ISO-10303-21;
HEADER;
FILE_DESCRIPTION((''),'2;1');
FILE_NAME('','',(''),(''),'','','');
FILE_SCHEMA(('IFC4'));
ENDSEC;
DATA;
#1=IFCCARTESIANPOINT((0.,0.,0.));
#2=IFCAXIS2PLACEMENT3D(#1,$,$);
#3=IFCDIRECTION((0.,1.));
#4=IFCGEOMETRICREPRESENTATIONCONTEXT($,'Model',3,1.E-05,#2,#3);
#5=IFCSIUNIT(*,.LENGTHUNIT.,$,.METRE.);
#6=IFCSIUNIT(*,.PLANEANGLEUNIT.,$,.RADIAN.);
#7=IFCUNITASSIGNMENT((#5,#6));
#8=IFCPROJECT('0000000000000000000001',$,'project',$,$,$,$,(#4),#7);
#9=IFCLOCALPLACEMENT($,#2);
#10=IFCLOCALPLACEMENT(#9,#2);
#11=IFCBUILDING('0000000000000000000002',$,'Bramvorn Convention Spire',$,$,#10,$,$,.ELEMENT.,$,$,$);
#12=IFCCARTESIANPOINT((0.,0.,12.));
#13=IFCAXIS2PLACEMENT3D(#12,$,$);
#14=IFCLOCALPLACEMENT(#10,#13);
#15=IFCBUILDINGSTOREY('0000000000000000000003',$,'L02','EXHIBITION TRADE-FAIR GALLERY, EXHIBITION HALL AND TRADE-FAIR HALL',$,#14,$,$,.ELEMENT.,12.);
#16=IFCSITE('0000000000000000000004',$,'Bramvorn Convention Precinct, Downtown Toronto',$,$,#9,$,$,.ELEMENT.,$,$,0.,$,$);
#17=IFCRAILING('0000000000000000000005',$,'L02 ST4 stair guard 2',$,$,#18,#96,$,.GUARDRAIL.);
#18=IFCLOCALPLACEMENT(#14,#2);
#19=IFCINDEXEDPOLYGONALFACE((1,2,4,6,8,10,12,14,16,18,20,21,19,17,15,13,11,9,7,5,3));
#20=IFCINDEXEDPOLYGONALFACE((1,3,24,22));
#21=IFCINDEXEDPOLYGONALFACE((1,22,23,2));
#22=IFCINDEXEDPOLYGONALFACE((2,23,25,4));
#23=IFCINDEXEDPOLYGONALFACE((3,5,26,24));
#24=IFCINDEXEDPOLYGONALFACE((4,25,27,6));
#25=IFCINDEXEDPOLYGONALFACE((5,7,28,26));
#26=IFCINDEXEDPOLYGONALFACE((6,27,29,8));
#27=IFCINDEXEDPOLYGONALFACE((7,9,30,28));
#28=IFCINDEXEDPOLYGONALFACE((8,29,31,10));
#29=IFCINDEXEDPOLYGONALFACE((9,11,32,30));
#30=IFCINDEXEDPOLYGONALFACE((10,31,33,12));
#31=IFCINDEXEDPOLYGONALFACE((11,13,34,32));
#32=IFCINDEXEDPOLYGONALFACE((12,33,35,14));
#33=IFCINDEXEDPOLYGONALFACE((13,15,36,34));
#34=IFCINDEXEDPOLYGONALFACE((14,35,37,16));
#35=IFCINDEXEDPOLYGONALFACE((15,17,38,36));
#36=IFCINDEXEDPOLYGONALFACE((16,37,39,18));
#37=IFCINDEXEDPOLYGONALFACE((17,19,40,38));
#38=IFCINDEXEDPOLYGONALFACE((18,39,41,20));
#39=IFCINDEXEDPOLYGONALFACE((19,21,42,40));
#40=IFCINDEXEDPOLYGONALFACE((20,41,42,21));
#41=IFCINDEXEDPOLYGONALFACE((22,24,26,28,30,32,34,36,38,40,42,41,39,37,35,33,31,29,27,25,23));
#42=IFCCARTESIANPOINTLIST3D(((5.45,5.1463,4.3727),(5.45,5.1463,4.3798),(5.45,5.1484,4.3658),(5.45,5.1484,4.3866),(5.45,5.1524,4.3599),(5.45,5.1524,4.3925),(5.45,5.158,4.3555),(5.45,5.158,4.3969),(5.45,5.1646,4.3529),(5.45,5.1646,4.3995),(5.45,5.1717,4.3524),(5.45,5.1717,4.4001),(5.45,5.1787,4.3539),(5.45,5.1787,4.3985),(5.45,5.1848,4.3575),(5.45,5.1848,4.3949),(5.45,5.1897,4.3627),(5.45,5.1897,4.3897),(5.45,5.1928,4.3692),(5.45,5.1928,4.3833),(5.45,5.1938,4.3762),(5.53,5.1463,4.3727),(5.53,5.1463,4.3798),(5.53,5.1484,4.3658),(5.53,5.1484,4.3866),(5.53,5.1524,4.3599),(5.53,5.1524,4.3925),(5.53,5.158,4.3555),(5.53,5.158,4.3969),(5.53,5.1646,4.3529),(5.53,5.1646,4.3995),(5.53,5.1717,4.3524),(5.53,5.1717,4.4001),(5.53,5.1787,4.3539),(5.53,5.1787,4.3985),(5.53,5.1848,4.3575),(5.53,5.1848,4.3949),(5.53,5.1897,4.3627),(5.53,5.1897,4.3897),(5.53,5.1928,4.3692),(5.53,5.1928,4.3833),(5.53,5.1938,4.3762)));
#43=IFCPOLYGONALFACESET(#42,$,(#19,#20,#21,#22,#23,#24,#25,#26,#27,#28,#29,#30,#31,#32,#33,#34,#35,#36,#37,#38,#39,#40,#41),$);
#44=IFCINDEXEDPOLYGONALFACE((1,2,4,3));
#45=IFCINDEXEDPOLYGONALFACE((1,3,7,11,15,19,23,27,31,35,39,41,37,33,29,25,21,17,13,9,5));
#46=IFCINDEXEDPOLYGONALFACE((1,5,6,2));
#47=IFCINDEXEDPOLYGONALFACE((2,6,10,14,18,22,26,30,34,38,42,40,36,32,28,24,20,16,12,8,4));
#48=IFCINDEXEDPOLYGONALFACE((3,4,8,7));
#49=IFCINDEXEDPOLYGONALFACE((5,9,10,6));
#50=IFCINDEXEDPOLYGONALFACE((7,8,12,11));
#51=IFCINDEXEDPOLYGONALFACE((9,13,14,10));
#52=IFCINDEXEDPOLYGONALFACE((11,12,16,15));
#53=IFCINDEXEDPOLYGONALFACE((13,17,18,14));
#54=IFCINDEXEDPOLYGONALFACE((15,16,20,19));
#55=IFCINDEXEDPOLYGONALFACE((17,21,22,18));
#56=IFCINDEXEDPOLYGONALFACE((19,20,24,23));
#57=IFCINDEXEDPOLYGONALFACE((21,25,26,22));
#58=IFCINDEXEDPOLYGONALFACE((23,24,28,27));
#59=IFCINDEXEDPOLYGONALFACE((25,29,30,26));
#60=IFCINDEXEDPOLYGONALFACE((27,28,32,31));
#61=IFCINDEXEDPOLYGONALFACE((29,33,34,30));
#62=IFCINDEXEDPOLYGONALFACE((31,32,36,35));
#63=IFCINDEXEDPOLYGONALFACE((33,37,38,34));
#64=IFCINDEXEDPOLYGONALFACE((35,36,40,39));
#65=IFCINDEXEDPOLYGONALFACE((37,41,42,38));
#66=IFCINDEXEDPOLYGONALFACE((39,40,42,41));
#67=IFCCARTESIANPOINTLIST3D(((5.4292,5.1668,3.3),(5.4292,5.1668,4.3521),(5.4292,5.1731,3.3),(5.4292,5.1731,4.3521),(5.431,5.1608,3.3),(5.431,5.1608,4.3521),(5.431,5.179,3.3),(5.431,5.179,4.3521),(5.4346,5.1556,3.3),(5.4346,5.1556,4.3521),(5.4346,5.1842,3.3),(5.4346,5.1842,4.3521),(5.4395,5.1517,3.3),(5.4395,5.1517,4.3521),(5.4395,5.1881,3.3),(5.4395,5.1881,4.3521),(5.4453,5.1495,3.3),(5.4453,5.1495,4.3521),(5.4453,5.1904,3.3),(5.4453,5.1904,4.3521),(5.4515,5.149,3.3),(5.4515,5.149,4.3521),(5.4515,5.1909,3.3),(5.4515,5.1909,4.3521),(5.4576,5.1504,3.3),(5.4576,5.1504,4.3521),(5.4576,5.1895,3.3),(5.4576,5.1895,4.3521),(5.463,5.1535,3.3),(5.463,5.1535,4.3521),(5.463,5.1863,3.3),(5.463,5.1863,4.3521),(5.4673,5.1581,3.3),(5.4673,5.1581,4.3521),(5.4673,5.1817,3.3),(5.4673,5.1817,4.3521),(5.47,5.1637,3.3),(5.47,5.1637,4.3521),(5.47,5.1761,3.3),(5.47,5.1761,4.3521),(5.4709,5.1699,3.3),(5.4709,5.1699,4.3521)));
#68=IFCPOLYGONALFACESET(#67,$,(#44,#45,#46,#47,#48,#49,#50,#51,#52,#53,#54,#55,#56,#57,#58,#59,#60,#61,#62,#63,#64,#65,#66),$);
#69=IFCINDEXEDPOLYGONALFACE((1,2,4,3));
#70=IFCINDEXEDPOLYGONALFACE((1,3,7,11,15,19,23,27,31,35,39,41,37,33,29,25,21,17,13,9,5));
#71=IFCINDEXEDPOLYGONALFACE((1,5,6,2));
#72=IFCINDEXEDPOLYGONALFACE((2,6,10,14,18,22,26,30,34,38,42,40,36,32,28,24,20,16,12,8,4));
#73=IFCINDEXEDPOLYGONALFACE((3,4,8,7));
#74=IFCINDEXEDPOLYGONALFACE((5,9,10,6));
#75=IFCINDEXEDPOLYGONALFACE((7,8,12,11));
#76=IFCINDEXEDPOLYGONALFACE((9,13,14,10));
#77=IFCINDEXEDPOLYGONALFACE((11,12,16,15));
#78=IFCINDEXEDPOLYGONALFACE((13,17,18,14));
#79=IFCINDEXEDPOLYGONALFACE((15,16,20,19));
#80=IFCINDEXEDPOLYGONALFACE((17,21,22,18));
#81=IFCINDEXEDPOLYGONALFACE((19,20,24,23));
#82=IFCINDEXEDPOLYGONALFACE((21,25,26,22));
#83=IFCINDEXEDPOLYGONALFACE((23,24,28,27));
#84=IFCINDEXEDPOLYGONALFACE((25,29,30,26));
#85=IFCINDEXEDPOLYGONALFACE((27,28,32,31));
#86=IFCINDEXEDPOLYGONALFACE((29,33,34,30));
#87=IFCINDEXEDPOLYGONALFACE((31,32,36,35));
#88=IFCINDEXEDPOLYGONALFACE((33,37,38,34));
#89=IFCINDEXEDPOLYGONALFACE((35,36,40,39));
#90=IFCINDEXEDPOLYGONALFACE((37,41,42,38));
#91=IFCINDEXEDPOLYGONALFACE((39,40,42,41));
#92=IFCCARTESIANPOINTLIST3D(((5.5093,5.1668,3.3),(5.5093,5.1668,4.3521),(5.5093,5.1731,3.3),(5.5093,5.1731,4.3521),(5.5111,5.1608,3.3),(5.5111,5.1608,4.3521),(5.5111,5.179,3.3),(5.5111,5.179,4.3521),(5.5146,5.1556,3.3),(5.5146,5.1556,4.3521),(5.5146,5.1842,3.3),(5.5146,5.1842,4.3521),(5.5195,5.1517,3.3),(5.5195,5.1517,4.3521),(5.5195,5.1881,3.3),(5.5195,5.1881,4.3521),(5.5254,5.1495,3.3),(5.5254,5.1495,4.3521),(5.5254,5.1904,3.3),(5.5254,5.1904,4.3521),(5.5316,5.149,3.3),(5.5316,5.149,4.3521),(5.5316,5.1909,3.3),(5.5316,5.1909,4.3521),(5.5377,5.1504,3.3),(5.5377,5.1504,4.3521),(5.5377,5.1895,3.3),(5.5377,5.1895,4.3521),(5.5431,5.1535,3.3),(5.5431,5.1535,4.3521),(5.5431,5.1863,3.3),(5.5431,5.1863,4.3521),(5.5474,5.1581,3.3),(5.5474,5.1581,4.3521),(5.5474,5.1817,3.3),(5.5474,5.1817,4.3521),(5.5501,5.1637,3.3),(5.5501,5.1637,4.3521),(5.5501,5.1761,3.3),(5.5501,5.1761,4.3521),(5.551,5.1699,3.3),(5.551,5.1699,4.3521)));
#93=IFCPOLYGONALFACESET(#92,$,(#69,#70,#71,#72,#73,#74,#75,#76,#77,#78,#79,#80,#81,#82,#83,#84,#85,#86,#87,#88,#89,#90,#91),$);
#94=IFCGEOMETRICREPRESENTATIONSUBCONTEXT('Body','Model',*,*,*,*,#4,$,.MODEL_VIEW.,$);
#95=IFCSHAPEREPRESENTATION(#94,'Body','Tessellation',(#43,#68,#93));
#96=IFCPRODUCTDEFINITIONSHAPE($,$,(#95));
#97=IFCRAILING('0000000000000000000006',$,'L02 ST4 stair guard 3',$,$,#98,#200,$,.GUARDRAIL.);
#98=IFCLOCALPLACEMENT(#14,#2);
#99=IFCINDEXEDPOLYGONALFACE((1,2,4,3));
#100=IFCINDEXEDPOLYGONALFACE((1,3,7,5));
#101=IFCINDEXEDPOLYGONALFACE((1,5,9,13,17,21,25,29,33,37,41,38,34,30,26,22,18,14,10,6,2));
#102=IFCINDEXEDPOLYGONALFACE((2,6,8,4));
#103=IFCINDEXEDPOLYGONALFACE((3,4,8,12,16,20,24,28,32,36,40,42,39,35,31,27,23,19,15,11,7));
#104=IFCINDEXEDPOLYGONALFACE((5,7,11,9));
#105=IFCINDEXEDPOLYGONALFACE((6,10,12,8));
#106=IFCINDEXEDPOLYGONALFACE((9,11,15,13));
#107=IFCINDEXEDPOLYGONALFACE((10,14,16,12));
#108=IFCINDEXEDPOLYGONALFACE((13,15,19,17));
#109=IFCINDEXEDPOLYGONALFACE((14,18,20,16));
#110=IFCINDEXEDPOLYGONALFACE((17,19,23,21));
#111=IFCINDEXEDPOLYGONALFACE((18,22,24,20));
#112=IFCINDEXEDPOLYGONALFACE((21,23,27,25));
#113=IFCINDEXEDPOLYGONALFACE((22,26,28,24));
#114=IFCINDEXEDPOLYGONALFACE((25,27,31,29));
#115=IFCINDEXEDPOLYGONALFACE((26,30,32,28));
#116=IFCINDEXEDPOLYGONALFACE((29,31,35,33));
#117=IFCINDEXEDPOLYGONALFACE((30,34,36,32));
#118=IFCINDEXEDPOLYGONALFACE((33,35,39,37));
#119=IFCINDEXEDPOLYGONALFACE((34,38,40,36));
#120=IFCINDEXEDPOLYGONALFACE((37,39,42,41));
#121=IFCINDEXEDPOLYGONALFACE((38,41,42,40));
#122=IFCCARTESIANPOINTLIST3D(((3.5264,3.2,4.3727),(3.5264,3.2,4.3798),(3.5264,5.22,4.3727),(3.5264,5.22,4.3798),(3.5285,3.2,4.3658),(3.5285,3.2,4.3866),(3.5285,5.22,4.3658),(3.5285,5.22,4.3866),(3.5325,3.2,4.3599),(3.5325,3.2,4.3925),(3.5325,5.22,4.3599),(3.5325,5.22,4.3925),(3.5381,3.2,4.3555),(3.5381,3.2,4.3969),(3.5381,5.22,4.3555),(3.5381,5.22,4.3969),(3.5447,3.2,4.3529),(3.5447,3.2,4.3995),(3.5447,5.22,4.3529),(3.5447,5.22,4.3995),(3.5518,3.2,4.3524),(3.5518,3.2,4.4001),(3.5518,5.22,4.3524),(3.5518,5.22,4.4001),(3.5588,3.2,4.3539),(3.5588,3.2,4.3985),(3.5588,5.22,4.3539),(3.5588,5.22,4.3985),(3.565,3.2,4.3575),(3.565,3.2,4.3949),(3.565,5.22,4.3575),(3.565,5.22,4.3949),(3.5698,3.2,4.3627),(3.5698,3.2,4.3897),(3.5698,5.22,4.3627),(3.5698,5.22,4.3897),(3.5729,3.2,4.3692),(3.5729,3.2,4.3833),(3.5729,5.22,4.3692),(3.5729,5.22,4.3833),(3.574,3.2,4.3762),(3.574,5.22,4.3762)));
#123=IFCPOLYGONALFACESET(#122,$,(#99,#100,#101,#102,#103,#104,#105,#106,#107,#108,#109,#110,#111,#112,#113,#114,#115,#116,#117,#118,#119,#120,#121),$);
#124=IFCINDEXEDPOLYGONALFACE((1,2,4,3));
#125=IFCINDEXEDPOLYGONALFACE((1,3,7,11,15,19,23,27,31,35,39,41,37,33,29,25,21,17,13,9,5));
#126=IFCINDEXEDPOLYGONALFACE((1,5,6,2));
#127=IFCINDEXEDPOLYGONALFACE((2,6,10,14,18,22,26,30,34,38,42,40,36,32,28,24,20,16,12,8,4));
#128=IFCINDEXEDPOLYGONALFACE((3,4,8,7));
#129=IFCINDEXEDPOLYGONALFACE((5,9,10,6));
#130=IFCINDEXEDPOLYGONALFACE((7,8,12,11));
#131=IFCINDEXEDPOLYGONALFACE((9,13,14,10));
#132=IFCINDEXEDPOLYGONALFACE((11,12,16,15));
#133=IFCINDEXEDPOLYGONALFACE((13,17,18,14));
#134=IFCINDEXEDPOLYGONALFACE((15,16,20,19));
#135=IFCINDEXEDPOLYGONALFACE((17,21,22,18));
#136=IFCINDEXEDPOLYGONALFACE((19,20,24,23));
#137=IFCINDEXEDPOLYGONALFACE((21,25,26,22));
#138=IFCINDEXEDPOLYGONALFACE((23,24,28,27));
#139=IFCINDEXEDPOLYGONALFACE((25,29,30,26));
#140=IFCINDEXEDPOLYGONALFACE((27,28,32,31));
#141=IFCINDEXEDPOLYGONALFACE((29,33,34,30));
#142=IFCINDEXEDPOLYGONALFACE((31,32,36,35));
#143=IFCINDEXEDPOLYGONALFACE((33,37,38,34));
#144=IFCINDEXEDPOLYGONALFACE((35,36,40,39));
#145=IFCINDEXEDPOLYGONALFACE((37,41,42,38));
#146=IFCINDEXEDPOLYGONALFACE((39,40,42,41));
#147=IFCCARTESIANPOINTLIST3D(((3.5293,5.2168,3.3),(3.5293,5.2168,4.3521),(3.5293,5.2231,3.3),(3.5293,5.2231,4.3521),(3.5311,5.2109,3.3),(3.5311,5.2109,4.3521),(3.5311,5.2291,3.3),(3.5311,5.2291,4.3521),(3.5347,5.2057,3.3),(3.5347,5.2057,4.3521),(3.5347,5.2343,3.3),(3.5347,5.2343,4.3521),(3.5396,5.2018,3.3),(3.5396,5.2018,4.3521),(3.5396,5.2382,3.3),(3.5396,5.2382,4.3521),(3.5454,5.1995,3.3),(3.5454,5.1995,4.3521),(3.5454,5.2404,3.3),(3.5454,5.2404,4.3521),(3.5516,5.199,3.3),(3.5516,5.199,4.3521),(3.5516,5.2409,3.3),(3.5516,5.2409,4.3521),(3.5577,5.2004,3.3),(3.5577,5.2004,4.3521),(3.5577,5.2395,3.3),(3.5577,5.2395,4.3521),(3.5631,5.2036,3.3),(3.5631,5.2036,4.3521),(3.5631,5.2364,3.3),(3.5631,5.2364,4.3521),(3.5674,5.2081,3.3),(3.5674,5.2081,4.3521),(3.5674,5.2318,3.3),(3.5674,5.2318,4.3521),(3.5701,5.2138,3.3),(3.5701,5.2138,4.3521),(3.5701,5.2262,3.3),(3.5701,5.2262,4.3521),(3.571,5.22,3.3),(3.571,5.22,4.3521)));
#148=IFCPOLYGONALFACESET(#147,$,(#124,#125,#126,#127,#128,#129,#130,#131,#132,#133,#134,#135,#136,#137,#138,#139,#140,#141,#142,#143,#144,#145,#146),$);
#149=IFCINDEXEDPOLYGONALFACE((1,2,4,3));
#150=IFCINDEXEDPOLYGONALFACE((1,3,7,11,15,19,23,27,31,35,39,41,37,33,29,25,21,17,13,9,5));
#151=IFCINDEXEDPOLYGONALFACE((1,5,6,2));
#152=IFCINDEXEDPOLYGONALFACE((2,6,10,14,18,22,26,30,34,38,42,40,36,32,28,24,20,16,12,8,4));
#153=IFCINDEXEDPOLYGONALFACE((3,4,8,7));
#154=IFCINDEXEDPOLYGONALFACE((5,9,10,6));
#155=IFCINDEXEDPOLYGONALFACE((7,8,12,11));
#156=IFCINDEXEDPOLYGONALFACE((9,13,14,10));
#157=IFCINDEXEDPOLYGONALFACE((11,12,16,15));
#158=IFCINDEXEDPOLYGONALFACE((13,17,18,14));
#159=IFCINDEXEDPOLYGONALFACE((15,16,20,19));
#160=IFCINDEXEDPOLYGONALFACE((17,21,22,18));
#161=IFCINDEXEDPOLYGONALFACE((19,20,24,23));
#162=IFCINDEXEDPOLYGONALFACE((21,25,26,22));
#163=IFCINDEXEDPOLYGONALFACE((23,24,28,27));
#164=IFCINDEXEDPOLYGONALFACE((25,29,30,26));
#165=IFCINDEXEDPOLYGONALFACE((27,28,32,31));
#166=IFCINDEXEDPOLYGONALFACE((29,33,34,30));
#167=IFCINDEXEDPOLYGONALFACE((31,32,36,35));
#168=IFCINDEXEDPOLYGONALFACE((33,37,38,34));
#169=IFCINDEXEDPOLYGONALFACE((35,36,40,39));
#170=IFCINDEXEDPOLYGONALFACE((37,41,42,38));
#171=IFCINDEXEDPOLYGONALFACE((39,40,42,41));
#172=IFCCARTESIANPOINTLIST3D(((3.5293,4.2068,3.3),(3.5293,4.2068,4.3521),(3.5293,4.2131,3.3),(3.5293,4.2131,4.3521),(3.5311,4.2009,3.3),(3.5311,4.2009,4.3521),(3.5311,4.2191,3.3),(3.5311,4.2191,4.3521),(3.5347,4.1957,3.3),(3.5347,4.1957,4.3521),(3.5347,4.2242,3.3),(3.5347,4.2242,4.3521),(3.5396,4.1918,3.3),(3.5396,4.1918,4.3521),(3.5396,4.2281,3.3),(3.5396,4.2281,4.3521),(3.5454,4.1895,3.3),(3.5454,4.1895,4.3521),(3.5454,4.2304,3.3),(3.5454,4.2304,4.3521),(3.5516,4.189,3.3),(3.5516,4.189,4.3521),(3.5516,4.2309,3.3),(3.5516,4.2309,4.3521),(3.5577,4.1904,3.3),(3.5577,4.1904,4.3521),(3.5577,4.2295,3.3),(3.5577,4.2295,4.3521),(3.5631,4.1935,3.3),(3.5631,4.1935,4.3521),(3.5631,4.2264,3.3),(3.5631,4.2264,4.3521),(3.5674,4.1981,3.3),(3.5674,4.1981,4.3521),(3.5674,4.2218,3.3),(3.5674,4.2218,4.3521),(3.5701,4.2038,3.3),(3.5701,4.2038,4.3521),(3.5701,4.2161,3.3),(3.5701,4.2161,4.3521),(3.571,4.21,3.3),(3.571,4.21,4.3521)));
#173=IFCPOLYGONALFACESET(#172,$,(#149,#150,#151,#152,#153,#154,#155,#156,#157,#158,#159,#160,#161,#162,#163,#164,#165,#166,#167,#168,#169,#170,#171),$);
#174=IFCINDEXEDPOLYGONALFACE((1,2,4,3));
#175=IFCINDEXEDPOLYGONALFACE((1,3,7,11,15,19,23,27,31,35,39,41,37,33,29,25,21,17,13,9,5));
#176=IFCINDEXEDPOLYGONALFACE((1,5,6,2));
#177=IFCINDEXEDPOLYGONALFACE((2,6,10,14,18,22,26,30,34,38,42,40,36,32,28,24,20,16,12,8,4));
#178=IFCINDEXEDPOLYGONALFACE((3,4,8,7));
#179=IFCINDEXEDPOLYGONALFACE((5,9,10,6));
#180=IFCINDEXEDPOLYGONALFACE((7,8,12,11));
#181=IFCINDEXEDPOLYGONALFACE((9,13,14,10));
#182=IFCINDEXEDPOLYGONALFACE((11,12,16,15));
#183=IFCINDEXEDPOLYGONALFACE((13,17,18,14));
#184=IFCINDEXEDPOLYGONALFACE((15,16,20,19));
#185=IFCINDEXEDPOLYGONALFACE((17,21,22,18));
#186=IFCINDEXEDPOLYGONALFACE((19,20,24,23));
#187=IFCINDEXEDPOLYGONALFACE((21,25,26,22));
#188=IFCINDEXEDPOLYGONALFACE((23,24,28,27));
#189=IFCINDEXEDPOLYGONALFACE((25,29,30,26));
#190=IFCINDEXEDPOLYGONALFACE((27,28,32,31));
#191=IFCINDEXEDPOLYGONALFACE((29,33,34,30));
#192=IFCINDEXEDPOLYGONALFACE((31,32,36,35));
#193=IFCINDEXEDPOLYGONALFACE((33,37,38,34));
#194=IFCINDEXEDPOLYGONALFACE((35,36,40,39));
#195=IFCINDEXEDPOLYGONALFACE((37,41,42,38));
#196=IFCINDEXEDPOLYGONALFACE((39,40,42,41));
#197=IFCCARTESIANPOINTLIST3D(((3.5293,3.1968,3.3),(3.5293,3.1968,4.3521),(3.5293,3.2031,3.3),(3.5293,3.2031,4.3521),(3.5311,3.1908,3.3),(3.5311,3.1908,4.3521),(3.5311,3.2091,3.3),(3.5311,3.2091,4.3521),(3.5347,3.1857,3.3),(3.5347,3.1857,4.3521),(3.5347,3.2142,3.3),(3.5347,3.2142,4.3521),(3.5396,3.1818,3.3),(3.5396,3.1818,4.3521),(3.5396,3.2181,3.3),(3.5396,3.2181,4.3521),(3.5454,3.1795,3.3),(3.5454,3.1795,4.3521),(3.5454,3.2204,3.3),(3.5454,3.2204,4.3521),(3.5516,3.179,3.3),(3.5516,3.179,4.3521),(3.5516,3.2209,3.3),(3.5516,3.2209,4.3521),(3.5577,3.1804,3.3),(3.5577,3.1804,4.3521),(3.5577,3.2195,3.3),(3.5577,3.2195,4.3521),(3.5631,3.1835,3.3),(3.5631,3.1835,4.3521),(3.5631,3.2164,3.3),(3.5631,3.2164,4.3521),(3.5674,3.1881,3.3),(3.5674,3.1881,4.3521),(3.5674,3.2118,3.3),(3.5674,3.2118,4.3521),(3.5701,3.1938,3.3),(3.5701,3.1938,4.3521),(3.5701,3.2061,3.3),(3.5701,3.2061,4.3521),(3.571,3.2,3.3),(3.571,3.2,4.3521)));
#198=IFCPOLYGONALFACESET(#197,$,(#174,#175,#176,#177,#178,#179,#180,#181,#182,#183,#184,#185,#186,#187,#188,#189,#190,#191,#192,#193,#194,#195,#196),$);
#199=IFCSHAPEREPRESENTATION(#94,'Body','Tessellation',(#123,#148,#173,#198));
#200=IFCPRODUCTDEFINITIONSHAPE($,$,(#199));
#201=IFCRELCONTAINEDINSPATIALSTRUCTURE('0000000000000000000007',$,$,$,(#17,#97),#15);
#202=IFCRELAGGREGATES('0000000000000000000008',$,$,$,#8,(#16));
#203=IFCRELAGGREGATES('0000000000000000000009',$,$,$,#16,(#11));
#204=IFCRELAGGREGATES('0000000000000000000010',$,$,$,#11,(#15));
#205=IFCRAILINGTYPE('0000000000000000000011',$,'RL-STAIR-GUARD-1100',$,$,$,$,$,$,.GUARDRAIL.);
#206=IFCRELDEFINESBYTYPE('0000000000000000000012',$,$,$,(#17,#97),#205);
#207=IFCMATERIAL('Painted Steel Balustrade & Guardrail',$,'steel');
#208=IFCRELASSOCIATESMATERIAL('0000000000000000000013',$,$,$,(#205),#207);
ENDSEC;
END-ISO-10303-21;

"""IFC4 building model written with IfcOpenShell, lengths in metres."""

from ifc_helpers import new_model, si_unit, direction, frame, origin, origin_2d, place, context, subcontext, project, spatial, circle, extrude, material, type_object, element, save


model = new_model("IFC4")

# Units and contexts
model_context = context("Model", 3, precision=1e-05, world=origin(), true_north=direction((0.0, 1.0)))
body_context = subcontext(model_context, "Body", "Model", "MODEL_VIEW")
ifc_project = project(units=[si_unit("LENGTHUNIT", "METRE"), si_unit("PLANEANGLEUNIT", "RADIAN")], contexts=[model_context])

# Site, building, storey
site_placement = place(None, origin())
site = spatial("IfcSite", under=ifc_project, at=site_placement, Name="Bramvorn Convention Precinct, Downtown Toronto", CompositionType="ELEMENT", RefElevation=0.0)
building_placement = place(site_placement, origin())
building = spatial("IfcBuilding", under=site, at=building_placement, Name="Bramvorn Convention Spire", CompositionType="ELEMENT")
storey_placement = place(building_placement, frame((0.0, 0.0, 12.0)))
storey = spatial("IfcBuildingStorey", under=building, at=storey_placement, Name="L02", Description="EXHIBITION TRADE-FAIR GALLERY, EXHIBITION HALL AND TRADE-FAIR HALL", CompositionType="ELEMENT", Elevation=12.0)

# Railings
ifc_material_1 = material(Name="Painted Steel Balustrade & Guardrail", Category="steel")
railing_type_1 = type_object("IfcRailingType", Name="RL-STAIR-GUARD-1100", PredefinedType="GUARDRAIL", material=ifc_material_1)
railing_1_placement = place(storey_placement, frame((5.45, 5.1699, 3.3)))
element("IfcRailing", 1, at=railing_1_placement, inside=storey, type_object=railing_type_1, Name="L02 ST4 stair guard 2", PredefinedType="GUARDRAIL", context=body_context, shape_type="SweptSolid", body=[
    extrude(circle(Radius=0.0239, at=origin_2d()), frame((0.0, 0.0, 1.0762), z_axis=(1.0, 0.0, 0.0), x_axis=(0.0, 1.0, 0.0)), (0.0, 0.0, 1.0), 0.0801),
    extrude(circle(Radius=0.021, at=origin_2d()), origin(), (0.0, 0.0, 1.0), 1.052),
    extrude(circle(Radius=0.021, at=origin_2d()), frame((0.0801, 0.0, 0.0)), (0.0, 0.0, 1.0), 1.052),
])
for number, where, name in (
    (2, (3.55, 5.22, 3.3), "L02 ST4 stair guard 3"),
):
    element("IfcRailing", number, at=place(storey_placement, frame(where)), inside=storey, type_object=railing_type_1, Name=name, PredefinedType="GUARDRAIL", context=body_context, shape_type="SweptSolid", body=[
        extrude(circle(Radius=0.0239, at=origin_2d()), frame((0.0, 0.0, 1.0762), z_axis=(0.0, -1.0, 0.0), x_axis=(1.0, 0.0, 0.0)), (0.0, 0.0, 1.0), 2.02),
        extrude(circle(Radius=0.021, at=origin_2d()), origin(), (0.0, 0.0, 1.0), 1.052),
        extrude(circle(Radius=0.021, at=origin_2d()), frame((0.0, -1.01, 0.0)), (0.0, 0.0, 1.0), 1.052),
        extrude(circle(Radius=0.021, at=origin_2d()), frame((0.0, -2.02, 0.0)), (0.0, 0.0, 1.0), 1.052),
    ])

save(model, "model.ifc")
